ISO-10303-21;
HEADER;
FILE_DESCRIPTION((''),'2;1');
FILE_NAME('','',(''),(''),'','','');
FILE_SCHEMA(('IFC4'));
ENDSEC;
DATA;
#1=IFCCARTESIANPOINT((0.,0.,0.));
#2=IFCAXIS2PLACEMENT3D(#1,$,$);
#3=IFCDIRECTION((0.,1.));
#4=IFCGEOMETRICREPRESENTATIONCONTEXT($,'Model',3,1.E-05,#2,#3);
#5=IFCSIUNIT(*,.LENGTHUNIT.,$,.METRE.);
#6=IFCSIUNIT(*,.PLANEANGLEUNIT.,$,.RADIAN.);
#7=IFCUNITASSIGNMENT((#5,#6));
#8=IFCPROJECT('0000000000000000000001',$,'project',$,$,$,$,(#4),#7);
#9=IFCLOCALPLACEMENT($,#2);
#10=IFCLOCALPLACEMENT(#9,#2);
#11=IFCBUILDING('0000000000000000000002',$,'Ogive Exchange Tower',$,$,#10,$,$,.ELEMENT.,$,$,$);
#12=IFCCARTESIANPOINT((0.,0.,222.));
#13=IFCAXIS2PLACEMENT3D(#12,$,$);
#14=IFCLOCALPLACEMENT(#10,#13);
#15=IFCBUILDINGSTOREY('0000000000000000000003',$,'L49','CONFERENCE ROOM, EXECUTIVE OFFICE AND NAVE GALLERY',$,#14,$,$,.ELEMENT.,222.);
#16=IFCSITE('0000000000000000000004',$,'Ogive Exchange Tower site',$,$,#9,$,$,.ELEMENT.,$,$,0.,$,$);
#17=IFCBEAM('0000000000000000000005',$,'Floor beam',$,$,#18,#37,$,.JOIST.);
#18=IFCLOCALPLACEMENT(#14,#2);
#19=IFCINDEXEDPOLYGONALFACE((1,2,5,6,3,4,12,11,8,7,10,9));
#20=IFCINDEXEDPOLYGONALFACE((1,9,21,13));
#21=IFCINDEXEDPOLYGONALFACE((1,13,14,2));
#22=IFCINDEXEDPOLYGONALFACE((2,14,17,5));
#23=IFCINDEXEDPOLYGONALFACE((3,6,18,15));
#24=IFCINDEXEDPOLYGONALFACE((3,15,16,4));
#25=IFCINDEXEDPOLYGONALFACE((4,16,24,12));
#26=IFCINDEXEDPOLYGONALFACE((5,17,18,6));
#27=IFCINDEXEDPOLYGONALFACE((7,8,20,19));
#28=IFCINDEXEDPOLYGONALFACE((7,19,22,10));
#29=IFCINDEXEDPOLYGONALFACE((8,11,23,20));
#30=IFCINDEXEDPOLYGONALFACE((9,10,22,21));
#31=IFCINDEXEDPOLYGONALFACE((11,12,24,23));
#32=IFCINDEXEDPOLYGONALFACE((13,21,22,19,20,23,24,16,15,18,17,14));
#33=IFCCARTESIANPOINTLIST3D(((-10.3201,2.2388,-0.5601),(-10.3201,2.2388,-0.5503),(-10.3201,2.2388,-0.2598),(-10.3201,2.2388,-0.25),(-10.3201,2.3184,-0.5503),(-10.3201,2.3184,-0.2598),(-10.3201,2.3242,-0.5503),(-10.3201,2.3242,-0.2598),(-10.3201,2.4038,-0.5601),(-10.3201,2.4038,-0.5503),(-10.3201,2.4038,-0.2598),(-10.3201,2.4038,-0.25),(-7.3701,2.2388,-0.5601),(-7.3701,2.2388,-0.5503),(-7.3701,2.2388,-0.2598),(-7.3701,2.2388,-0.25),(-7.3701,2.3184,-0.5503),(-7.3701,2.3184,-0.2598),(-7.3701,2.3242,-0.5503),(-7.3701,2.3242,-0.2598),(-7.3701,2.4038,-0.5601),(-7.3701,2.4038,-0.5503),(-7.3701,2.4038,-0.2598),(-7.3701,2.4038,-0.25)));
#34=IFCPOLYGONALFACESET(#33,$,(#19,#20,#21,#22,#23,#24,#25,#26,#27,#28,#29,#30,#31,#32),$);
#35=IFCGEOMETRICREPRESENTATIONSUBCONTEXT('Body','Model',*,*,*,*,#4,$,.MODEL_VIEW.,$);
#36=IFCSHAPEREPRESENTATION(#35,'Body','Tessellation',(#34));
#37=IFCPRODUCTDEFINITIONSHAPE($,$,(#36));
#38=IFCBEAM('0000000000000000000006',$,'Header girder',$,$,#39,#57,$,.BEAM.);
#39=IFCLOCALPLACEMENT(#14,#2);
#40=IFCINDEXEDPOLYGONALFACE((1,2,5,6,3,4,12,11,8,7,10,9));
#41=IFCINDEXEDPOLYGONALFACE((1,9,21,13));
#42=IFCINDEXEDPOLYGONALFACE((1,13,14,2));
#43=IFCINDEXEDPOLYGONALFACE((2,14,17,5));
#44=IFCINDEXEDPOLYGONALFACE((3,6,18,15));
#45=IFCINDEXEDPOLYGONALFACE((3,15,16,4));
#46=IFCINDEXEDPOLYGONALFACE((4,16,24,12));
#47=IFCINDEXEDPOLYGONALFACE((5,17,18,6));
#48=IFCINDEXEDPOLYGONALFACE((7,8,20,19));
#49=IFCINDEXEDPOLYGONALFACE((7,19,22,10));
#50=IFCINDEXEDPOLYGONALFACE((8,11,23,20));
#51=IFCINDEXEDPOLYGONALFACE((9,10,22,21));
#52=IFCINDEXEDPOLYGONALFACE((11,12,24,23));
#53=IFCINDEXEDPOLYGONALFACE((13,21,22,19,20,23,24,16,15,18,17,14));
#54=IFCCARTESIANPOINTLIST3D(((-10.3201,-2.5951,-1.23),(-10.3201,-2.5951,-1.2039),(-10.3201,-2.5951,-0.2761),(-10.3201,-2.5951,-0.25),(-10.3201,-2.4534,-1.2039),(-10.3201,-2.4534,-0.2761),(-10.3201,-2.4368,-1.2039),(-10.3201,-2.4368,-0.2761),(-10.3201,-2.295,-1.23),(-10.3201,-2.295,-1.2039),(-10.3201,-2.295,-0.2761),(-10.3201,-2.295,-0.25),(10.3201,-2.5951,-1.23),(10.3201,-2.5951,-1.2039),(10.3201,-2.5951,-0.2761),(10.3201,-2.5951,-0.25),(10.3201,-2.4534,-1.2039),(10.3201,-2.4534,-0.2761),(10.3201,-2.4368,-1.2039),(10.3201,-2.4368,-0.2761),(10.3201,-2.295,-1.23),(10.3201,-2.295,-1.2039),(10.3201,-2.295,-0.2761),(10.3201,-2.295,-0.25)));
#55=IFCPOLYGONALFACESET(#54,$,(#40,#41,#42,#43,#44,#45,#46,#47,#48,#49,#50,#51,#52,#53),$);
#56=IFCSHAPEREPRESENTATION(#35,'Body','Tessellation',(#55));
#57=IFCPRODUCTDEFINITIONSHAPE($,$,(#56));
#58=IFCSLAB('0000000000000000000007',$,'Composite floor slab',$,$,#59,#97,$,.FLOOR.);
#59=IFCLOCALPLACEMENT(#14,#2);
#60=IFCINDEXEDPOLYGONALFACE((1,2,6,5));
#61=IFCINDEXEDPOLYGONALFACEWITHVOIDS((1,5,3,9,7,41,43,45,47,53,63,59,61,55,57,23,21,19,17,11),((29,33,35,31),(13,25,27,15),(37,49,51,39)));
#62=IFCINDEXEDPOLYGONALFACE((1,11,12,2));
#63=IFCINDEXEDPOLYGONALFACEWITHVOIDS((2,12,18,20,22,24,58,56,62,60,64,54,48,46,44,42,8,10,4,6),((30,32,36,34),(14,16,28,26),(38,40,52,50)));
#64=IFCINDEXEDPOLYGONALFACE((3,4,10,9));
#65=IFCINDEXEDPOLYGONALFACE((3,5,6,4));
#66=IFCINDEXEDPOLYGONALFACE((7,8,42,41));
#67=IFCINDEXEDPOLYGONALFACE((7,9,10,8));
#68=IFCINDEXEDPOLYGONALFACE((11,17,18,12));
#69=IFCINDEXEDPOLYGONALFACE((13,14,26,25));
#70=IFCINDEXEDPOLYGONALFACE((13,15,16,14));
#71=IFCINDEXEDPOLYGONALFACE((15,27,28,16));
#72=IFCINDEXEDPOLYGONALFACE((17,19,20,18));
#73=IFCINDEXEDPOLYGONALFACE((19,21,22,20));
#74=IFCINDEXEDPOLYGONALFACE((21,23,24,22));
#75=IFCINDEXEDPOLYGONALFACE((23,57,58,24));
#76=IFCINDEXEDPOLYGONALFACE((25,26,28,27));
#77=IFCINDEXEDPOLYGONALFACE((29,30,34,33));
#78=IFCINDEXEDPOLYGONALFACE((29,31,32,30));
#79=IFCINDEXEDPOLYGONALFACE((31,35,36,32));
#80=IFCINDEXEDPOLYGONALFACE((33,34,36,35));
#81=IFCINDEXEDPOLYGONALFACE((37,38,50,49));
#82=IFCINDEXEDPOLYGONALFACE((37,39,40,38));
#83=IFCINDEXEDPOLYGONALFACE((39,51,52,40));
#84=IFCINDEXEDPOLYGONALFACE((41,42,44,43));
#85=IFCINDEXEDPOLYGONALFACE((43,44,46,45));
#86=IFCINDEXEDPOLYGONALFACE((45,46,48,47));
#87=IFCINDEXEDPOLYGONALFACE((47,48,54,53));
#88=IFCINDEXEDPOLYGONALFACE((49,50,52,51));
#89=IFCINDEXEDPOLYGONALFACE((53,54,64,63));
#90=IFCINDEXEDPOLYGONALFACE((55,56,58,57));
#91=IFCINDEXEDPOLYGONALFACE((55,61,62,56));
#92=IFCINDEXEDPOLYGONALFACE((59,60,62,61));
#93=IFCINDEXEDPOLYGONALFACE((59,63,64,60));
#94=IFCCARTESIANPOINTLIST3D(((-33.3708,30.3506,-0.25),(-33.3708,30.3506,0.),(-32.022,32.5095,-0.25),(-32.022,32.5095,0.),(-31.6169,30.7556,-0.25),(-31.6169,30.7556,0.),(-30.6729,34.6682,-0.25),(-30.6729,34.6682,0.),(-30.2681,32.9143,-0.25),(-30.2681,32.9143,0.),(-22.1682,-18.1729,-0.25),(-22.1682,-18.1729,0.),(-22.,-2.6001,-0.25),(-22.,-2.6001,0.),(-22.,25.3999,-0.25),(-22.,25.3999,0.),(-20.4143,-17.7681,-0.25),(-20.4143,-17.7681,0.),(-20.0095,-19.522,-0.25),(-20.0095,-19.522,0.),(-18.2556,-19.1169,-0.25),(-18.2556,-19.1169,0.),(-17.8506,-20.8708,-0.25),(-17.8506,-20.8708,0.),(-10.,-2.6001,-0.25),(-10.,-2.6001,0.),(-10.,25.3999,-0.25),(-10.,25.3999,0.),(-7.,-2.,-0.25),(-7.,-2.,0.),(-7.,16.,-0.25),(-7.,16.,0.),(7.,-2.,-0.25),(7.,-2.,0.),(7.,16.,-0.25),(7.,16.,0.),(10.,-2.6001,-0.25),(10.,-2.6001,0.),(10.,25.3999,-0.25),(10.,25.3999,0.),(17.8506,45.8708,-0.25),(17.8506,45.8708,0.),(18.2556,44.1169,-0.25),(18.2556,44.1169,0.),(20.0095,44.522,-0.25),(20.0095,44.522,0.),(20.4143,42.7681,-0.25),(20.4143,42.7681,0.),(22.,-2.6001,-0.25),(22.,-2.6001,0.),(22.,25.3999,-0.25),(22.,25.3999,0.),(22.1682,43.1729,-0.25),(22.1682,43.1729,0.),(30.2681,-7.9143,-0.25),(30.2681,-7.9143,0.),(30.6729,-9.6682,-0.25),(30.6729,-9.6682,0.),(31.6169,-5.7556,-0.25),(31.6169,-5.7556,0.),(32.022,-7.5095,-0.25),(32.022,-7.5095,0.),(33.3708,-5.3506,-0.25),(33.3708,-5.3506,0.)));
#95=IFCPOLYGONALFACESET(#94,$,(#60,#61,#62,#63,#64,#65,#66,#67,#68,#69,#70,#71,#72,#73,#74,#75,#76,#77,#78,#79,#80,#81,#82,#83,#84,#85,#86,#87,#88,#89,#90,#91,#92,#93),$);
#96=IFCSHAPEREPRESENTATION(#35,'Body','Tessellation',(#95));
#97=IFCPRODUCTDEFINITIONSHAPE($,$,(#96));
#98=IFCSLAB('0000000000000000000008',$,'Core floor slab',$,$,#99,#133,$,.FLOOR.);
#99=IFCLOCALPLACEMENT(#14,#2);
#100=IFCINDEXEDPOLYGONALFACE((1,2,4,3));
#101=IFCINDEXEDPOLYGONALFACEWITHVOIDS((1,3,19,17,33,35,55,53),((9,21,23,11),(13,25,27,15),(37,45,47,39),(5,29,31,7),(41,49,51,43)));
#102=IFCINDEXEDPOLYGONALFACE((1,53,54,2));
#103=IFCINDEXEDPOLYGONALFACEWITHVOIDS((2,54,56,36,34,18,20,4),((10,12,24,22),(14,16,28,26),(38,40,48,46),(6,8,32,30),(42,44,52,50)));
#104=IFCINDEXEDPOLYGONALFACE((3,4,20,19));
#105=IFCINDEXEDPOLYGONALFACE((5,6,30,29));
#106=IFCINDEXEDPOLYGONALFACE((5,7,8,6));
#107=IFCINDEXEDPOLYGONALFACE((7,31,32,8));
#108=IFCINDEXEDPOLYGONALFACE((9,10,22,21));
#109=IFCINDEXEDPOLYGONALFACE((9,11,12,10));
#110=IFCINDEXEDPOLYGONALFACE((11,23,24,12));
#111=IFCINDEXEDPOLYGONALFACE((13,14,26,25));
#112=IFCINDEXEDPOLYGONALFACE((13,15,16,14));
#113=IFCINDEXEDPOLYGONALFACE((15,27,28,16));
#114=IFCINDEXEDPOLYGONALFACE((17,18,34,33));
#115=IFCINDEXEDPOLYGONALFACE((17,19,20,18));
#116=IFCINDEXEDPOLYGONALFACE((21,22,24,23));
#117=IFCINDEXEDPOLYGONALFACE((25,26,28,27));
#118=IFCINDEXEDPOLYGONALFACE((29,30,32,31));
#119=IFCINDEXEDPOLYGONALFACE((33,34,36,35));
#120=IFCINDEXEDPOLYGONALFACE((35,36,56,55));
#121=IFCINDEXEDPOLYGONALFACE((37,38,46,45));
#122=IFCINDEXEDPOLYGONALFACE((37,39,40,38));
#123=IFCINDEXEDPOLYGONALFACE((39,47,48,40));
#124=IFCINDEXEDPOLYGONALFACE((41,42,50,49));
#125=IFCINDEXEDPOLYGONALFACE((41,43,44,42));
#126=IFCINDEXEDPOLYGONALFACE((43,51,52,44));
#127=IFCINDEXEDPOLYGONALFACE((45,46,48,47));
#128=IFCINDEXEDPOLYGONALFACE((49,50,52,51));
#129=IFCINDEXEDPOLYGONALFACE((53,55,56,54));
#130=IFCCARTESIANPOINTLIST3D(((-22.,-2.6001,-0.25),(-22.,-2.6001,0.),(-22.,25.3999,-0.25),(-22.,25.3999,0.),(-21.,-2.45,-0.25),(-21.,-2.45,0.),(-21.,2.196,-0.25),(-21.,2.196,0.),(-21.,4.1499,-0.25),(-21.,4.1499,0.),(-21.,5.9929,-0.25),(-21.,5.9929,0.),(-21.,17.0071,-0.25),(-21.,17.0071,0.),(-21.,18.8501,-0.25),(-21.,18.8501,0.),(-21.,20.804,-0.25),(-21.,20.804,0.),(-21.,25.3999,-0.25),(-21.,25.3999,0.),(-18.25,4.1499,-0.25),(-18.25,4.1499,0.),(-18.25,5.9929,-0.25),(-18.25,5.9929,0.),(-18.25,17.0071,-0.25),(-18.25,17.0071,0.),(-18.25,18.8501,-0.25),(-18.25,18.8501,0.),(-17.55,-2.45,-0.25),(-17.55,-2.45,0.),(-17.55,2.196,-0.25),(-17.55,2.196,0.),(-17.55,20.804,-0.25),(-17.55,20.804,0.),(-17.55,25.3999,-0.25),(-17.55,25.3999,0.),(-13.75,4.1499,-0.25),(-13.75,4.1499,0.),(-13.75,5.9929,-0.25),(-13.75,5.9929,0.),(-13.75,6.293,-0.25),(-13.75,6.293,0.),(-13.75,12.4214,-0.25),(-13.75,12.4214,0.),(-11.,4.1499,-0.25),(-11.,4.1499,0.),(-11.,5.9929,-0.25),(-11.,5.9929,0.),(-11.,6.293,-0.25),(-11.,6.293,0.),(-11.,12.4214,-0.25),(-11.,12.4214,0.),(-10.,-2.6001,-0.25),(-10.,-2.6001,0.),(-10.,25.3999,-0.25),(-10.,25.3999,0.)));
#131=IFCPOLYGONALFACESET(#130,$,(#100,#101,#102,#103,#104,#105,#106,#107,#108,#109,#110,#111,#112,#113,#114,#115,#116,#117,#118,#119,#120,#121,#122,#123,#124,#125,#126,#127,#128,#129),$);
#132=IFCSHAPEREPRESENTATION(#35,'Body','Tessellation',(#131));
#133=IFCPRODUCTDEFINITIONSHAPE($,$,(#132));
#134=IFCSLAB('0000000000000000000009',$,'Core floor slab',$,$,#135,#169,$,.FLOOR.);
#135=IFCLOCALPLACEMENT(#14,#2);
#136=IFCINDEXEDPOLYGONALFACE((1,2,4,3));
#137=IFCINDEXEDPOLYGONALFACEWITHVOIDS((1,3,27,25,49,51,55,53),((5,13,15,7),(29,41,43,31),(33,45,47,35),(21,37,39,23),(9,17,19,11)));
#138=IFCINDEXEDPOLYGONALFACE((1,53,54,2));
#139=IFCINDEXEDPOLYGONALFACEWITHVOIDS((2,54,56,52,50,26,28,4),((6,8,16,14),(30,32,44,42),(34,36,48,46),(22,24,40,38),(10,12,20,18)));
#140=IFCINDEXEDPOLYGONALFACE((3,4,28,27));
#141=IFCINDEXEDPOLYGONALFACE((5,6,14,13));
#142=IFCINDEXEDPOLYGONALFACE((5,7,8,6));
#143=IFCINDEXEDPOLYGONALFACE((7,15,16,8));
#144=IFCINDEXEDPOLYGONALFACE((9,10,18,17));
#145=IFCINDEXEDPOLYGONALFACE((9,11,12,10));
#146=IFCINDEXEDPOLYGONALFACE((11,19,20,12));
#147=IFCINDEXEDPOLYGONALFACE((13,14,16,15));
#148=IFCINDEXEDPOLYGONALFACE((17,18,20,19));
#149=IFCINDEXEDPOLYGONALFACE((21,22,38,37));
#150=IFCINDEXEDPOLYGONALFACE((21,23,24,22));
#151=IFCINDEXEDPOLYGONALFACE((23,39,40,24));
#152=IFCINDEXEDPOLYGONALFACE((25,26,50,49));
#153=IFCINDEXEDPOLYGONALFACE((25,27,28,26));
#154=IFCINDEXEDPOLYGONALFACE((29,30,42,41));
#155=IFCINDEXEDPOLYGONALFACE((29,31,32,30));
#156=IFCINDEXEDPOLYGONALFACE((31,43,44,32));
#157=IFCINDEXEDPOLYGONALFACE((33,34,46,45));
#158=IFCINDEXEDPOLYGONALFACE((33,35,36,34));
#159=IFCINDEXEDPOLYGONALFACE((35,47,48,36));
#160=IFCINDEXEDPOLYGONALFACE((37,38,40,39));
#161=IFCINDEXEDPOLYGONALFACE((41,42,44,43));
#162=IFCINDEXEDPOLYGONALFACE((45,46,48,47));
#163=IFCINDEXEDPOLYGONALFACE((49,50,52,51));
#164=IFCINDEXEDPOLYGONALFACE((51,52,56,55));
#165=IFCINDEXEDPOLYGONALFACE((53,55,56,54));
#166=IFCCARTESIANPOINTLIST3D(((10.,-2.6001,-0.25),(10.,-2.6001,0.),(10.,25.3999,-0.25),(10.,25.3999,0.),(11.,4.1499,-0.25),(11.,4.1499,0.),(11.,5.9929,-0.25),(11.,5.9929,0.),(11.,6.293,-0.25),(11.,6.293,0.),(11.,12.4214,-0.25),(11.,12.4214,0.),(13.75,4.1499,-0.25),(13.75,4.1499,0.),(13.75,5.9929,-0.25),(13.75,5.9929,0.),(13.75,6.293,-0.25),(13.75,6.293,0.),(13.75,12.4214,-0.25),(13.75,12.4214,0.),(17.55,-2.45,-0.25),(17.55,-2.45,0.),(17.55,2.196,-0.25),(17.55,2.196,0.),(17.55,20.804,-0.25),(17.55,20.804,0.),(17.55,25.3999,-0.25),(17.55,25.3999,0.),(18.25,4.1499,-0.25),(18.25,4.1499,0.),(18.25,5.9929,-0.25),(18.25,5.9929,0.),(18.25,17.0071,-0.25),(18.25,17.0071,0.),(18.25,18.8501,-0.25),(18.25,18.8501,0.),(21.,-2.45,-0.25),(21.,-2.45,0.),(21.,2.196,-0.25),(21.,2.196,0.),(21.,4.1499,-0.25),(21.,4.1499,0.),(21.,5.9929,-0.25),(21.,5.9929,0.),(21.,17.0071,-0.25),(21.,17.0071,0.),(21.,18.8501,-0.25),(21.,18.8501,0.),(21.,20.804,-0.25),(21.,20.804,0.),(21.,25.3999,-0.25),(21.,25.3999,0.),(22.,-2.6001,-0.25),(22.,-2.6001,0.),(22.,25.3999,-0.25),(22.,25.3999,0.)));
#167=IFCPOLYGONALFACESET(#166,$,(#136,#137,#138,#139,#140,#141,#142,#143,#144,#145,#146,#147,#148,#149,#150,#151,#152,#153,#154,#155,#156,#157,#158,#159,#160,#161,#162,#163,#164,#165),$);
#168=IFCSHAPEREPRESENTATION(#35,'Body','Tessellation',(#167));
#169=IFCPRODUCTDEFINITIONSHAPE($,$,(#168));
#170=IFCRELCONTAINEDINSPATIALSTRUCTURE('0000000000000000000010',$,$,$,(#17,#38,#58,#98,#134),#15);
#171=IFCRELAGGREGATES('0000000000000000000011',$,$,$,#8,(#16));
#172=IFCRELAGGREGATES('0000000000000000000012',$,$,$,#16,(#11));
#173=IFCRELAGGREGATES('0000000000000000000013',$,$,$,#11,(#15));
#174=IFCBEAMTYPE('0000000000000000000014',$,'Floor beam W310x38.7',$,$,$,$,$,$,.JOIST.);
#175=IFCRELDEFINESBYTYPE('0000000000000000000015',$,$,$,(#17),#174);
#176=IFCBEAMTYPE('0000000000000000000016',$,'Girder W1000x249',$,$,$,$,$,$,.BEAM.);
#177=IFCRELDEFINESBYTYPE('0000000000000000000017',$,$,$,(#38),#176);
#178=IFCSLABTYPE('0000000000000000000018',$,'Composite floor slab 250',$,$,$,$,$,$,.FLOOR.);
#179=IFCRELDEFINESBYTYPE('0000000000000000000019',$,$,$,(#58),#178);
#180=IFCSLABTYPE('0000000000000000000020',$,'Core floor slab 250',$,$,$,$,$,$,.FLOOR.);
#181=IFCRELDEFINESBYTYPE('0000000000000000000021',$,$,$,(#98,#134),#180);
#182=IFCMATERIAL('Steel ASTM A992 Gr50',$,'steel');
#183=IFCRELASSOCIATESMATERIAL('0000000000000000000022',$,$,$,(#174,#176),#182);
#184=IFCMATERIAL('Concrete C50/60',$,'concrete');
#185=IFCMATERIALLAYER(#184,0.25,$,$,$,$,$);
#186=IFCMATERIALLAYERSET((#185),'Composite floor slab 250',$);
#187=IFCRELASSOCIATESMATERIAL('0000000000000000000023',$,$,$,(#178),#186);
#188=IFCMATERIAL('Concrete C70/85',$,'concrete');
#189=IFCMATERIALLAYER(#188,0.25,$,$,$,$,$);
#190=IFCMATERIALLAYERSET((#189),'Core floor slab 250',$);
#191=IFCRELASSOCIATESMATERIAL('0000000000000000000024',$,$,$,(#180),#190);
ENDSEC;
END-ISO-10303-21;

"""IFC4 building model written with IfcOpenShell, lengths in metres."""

from ifc_helpers import new_model, si_unit, direction, frame, origin, origin_2d, place, context, subcontext, project, spatial, polyline, i_section, outline, extrude, material, layer, layer_set, material_profile, profile_set, type_object, element, save


model = new_model("IFC4")

# Units and contexts
model_context = context("Model", 3, precision=1e-05, world=origin(), true_north=direction((0.0, 1.0)))
body_context = subcontext(model_context, "Body", "Model", "MODEL_VIEW")
ifc_project = project(units=[si_unit("LENGTHUNIT", "METRE"), si_unit("PLANEANGLEUNIT", "RADIAN")], contexts=[model_context])

# Site, building, storey
site_placement = place(None, origin())
site = spatial("IfcSite", under=ifc_project, at=site_placement, Name="Ogive Exchange Tower site", CompositionType="ELEMENT", RefElevation=0.0)
building_placement = place(site_placement, origin())
building = spatial("IfcBuilding", under=site, at=building_placement, Name="Ogive Exchange Tower", CompositionType="ELEMENT")
storey_placement = place(building_placement, frame((0.0, 0.0, 222.0)))
storey = spatial("IfcBuildingStorey", under=building, at=storey_placement, Name="L49", Description="CONFERENCE ROOM, EXECUTIVE OFFICE AND NAVE GALLERY", CompositionType="ELEMENT", Elevation=222.0)

# Beams
ifc_material_1 = material(Name="Steel ASTM A992 Gr50", Category="steel")
ifc_material_profile_1 = material_profile(ifc_material_1, i_section(OverallWidth=0.165, OverallDepth=0.3101, WebThickness=0.0059, FlangeThickness=0.0098, at=origin_2d()), Name="W310x38.7")
ifc_profile_set_1 = profile_set([ifc_material_profile_1], Name="Steel ASTM A992 Gr50")
beam_type_1 = type_object("IfcBeamType", Name="Floor beam W310x38.7", PredefinedType="JOIST", material=ifc_profile_set_1)
beam_1_placement = place(storey_placement, frame((-10.3201, 2.3213, -0.405), z_axis=(1.0, 0.0, 0.0), x_axis=(0.0, 1.0, 0.0)))
element("IfcBeam", 1, at=beam_1_placement, inside=storey, type_object=beam_type_1, Name="Floor beam", PredefinedType="JOIST", context=body_context, shape_type="SweptSolid", body=[
    extrude(i_section(OverallWidth=0.165, OverallDepth=0.3101, WebThickness=0.0059, FlangeThickness=0.0098, at=origin_2d()), origin(), (0.0, 0.0, 1.0), 2.95),
])
ifc_material_profile_2 = material_profile(ifc_material_1, i_section(OverallWidth=0.3, OverallDepth=0.98, WebThickness=0.0166, FlangeThickness=0.0261, at=origin_2d()), Name="W1000x249")
ifc_profile_set_2 = profile_set([ifc_material_profile_2], Name="Steel ASTM A992 Gr50")
beam_type_2 = type_object("IfcBeamType", Name="Girder W1000x249", PredefinedType="BEAM", material=ifc_profile_set_2)
beam_2_placement = place(storey_placement, frame((-10.3201, -2.4451, -0.74), z_axis=(1.0, 0.0, 0.0), x_axis=(0.0, 1.0, 0.0)))
element("IfcBeam", 2, at=beam_2_placement, inside=storey, type_object=beam_type_2, Name="Header girder", PredefinedType="BEAM", context=body_context, shape_type="SweptSolid", body=[
    extrude(i_section(OverallWidth=0.3, OverallDepth=0.98, WebThickness=0.0166, FlangeThickness=0.0261, at=origin_2d()), origin(), (0.0, 0.0, 1.0), 20.6401),
])

# Slabs
ifc_material_2 = material(Name="Concrete C50/60", Category="concrete")
ifc_layer_1 = layer(ifc_material_2, 0.25)
ifc_layer_set_1 = layer_set([ifc_layer_1], Name="Composite floor slab 250")
slab_type_1 = type_object("IfcSlabType", Name="Composite floor slab 250", PredefinedType="FLOOR", material=ifc_layer_set_1)
slab_1_placement = place(storey_placement, frame((0.0, 0.0, -0.25)))
element("IfcSlab", 3, at=slab_1_placement, inside=storey, type_object=slab_type_1, Name="Composite floor slab", PredefinedType="FLOOR", context=body_context, shape_type="SweptSolid", body=[
    extrude(outline(polyline([(-18.2556, -19.1169), (-20.0095, -19.522), (-20.4143, -17.7681), (-22.1682, -18.1729), (-33.3708, 30.3506), (-31.6169, 30.7556), (-32.022, 32.5095), (-30.2681, 32.9143), (-30.6729, 34.6682), (17.8506, 45.8708), (18.2556, 44.1169), (20.0095, 44.522), (20.4143, 42.7681), (22.1682, 43.1729), (33.3708, -5.3506), (31.6169, -5.7556), (32.022, -7.5095), (30.2681, -7.9143), (30.6729, -9.6682), (-17.8506, -20.8708), (-18.2556, -19.1169)]), holes=[polyline([(7.0, -2.0), (7.0, 16.0), (-7.0, 16.0), (-7.0, -2.0), (7.0, -2.0)]), polyline([(-22.0, -2.6001), (-10.0, -2.6001), (-10.0, 25.3999), (-22.0, 25.3999), (-22.0, -2.6001)]), polyline([(10.0, -2.6001), (22.0, -2.6001), (22.0, 25.3999), (10.0, 25.3999), (10.0, -2.6001)])]), origin(), (0.0, 0.0, 1.0), 0.25),
])
ifc_material_3 = material(Name="Concrete C70/85", Category="concrete")
ifc_layer_2 = layer(ifc_material_3, 0.25)
ifc_layer_set_2 = layer_set([ifc_layer_2], Name="Core floor slab 250")
slab_type_2 = type_object("IfcSlabType", Name="Core floor slab 250", PredefinedType="FLOOR", material=ifc_layer_set_2)
slab_2_placement = place(storey_placement, frame((0.0, 0.0, -0.25)))
element("IfcSlab", 4, at=slab_2_placement, inside=storey, type_object=slab_type_2, Name="Core floor slab", PredefinedType="FLOOR", context=body_context, shape_type="SweptSolid", body=[
    extrude(outline(polyline([(-10.0, 25.3999), (-10.0, -2.6001), (-22.0, -2.6001), (-22.0, 25.3999), (-21.0, 25.3999), (-21.0, 20.804), (-17.55, 20.804), (-17.55, 25.3999), (-10.0, 25.3999)]), holes=[polyline([(-17.55, 2.196), (-21.0, 2.196), (-21.0, -2.45), (-17.55, -2.45), (-17.55, 2.196)]), polyline([(-18.25, 5.9929), (-21.0, 5.9929), (-21.0, 4.1499), (-18.25, 4.1499), (-18.25, 5.9929)]), polyline([(-11.0, 5.9929), (-13.75, 5.9929), (-13.75, 4.1499), (-11.0, 4.1499), (-11.0, 5.9929)]), polyline([(-13.75, 12.4214), (-13.75, 6.293), (-11.0, 6.293), (-11.0, 12.4214), (-13.75, 12.4214)]), polyline([(-18.25, 18.8501), (-21.0, 18.8501), (-21.0, 17.0071), (-18.25, 17.0071), (-18.25, 18.8501)])]), origin(), (0.0, 0.0, 1.0), 0.25),
])
slab_3_placement = place(storey_placement, frame((0.0, 0.0, -0.25)))
element("IfcSlab", 5, at=slab_3_placement, inside=storey, type_object=slab_type_2, Name="Core floor slab", PredefinedType="FLOOR", context=body_context, shape_type="SweptSolid", body=[
    extrude(outline(polyline([(22.0, 25.3999), (22.0, -2.6001), (10.0, -2.6001), (10.0, 25.3999), (17.55, 25.3999), (17.55, 20.804), (21.0, 20.804), (21.0, 25.3999), (22.0, 25.3999)]), holes=[polyline([(21.0, 2.196), (17.55, 2.196), (17.55, -2.45), (21.0, -2.45), (21.0, 2.196)]), polyline([(13.75, 5.9929), (11.0, 5.9929), (11.0, 4.1499), (13.75, 4.1499), (13.75, 5.9929)]), polyline([(21.0, 5.9929), (18.25, 5.9929), (18.25, 4.1499), (21.0, 4.1499), (21.0, 5.9929)]), polyline([(11.0, 12.4214), (11.0, 6.293), (13.75, 6.293), (13.75, 12.4214), (11.0, 12.4214)]), polyline([(21.0, 18.8501), (18.25, 18.8501), (18.25, 17.0071), (21.0, 17.0071), (21.0, 18.8501)])]), origin(), (0.0, 0.0, 1.0), 0.25),
])

save(model, "model.ifc")
